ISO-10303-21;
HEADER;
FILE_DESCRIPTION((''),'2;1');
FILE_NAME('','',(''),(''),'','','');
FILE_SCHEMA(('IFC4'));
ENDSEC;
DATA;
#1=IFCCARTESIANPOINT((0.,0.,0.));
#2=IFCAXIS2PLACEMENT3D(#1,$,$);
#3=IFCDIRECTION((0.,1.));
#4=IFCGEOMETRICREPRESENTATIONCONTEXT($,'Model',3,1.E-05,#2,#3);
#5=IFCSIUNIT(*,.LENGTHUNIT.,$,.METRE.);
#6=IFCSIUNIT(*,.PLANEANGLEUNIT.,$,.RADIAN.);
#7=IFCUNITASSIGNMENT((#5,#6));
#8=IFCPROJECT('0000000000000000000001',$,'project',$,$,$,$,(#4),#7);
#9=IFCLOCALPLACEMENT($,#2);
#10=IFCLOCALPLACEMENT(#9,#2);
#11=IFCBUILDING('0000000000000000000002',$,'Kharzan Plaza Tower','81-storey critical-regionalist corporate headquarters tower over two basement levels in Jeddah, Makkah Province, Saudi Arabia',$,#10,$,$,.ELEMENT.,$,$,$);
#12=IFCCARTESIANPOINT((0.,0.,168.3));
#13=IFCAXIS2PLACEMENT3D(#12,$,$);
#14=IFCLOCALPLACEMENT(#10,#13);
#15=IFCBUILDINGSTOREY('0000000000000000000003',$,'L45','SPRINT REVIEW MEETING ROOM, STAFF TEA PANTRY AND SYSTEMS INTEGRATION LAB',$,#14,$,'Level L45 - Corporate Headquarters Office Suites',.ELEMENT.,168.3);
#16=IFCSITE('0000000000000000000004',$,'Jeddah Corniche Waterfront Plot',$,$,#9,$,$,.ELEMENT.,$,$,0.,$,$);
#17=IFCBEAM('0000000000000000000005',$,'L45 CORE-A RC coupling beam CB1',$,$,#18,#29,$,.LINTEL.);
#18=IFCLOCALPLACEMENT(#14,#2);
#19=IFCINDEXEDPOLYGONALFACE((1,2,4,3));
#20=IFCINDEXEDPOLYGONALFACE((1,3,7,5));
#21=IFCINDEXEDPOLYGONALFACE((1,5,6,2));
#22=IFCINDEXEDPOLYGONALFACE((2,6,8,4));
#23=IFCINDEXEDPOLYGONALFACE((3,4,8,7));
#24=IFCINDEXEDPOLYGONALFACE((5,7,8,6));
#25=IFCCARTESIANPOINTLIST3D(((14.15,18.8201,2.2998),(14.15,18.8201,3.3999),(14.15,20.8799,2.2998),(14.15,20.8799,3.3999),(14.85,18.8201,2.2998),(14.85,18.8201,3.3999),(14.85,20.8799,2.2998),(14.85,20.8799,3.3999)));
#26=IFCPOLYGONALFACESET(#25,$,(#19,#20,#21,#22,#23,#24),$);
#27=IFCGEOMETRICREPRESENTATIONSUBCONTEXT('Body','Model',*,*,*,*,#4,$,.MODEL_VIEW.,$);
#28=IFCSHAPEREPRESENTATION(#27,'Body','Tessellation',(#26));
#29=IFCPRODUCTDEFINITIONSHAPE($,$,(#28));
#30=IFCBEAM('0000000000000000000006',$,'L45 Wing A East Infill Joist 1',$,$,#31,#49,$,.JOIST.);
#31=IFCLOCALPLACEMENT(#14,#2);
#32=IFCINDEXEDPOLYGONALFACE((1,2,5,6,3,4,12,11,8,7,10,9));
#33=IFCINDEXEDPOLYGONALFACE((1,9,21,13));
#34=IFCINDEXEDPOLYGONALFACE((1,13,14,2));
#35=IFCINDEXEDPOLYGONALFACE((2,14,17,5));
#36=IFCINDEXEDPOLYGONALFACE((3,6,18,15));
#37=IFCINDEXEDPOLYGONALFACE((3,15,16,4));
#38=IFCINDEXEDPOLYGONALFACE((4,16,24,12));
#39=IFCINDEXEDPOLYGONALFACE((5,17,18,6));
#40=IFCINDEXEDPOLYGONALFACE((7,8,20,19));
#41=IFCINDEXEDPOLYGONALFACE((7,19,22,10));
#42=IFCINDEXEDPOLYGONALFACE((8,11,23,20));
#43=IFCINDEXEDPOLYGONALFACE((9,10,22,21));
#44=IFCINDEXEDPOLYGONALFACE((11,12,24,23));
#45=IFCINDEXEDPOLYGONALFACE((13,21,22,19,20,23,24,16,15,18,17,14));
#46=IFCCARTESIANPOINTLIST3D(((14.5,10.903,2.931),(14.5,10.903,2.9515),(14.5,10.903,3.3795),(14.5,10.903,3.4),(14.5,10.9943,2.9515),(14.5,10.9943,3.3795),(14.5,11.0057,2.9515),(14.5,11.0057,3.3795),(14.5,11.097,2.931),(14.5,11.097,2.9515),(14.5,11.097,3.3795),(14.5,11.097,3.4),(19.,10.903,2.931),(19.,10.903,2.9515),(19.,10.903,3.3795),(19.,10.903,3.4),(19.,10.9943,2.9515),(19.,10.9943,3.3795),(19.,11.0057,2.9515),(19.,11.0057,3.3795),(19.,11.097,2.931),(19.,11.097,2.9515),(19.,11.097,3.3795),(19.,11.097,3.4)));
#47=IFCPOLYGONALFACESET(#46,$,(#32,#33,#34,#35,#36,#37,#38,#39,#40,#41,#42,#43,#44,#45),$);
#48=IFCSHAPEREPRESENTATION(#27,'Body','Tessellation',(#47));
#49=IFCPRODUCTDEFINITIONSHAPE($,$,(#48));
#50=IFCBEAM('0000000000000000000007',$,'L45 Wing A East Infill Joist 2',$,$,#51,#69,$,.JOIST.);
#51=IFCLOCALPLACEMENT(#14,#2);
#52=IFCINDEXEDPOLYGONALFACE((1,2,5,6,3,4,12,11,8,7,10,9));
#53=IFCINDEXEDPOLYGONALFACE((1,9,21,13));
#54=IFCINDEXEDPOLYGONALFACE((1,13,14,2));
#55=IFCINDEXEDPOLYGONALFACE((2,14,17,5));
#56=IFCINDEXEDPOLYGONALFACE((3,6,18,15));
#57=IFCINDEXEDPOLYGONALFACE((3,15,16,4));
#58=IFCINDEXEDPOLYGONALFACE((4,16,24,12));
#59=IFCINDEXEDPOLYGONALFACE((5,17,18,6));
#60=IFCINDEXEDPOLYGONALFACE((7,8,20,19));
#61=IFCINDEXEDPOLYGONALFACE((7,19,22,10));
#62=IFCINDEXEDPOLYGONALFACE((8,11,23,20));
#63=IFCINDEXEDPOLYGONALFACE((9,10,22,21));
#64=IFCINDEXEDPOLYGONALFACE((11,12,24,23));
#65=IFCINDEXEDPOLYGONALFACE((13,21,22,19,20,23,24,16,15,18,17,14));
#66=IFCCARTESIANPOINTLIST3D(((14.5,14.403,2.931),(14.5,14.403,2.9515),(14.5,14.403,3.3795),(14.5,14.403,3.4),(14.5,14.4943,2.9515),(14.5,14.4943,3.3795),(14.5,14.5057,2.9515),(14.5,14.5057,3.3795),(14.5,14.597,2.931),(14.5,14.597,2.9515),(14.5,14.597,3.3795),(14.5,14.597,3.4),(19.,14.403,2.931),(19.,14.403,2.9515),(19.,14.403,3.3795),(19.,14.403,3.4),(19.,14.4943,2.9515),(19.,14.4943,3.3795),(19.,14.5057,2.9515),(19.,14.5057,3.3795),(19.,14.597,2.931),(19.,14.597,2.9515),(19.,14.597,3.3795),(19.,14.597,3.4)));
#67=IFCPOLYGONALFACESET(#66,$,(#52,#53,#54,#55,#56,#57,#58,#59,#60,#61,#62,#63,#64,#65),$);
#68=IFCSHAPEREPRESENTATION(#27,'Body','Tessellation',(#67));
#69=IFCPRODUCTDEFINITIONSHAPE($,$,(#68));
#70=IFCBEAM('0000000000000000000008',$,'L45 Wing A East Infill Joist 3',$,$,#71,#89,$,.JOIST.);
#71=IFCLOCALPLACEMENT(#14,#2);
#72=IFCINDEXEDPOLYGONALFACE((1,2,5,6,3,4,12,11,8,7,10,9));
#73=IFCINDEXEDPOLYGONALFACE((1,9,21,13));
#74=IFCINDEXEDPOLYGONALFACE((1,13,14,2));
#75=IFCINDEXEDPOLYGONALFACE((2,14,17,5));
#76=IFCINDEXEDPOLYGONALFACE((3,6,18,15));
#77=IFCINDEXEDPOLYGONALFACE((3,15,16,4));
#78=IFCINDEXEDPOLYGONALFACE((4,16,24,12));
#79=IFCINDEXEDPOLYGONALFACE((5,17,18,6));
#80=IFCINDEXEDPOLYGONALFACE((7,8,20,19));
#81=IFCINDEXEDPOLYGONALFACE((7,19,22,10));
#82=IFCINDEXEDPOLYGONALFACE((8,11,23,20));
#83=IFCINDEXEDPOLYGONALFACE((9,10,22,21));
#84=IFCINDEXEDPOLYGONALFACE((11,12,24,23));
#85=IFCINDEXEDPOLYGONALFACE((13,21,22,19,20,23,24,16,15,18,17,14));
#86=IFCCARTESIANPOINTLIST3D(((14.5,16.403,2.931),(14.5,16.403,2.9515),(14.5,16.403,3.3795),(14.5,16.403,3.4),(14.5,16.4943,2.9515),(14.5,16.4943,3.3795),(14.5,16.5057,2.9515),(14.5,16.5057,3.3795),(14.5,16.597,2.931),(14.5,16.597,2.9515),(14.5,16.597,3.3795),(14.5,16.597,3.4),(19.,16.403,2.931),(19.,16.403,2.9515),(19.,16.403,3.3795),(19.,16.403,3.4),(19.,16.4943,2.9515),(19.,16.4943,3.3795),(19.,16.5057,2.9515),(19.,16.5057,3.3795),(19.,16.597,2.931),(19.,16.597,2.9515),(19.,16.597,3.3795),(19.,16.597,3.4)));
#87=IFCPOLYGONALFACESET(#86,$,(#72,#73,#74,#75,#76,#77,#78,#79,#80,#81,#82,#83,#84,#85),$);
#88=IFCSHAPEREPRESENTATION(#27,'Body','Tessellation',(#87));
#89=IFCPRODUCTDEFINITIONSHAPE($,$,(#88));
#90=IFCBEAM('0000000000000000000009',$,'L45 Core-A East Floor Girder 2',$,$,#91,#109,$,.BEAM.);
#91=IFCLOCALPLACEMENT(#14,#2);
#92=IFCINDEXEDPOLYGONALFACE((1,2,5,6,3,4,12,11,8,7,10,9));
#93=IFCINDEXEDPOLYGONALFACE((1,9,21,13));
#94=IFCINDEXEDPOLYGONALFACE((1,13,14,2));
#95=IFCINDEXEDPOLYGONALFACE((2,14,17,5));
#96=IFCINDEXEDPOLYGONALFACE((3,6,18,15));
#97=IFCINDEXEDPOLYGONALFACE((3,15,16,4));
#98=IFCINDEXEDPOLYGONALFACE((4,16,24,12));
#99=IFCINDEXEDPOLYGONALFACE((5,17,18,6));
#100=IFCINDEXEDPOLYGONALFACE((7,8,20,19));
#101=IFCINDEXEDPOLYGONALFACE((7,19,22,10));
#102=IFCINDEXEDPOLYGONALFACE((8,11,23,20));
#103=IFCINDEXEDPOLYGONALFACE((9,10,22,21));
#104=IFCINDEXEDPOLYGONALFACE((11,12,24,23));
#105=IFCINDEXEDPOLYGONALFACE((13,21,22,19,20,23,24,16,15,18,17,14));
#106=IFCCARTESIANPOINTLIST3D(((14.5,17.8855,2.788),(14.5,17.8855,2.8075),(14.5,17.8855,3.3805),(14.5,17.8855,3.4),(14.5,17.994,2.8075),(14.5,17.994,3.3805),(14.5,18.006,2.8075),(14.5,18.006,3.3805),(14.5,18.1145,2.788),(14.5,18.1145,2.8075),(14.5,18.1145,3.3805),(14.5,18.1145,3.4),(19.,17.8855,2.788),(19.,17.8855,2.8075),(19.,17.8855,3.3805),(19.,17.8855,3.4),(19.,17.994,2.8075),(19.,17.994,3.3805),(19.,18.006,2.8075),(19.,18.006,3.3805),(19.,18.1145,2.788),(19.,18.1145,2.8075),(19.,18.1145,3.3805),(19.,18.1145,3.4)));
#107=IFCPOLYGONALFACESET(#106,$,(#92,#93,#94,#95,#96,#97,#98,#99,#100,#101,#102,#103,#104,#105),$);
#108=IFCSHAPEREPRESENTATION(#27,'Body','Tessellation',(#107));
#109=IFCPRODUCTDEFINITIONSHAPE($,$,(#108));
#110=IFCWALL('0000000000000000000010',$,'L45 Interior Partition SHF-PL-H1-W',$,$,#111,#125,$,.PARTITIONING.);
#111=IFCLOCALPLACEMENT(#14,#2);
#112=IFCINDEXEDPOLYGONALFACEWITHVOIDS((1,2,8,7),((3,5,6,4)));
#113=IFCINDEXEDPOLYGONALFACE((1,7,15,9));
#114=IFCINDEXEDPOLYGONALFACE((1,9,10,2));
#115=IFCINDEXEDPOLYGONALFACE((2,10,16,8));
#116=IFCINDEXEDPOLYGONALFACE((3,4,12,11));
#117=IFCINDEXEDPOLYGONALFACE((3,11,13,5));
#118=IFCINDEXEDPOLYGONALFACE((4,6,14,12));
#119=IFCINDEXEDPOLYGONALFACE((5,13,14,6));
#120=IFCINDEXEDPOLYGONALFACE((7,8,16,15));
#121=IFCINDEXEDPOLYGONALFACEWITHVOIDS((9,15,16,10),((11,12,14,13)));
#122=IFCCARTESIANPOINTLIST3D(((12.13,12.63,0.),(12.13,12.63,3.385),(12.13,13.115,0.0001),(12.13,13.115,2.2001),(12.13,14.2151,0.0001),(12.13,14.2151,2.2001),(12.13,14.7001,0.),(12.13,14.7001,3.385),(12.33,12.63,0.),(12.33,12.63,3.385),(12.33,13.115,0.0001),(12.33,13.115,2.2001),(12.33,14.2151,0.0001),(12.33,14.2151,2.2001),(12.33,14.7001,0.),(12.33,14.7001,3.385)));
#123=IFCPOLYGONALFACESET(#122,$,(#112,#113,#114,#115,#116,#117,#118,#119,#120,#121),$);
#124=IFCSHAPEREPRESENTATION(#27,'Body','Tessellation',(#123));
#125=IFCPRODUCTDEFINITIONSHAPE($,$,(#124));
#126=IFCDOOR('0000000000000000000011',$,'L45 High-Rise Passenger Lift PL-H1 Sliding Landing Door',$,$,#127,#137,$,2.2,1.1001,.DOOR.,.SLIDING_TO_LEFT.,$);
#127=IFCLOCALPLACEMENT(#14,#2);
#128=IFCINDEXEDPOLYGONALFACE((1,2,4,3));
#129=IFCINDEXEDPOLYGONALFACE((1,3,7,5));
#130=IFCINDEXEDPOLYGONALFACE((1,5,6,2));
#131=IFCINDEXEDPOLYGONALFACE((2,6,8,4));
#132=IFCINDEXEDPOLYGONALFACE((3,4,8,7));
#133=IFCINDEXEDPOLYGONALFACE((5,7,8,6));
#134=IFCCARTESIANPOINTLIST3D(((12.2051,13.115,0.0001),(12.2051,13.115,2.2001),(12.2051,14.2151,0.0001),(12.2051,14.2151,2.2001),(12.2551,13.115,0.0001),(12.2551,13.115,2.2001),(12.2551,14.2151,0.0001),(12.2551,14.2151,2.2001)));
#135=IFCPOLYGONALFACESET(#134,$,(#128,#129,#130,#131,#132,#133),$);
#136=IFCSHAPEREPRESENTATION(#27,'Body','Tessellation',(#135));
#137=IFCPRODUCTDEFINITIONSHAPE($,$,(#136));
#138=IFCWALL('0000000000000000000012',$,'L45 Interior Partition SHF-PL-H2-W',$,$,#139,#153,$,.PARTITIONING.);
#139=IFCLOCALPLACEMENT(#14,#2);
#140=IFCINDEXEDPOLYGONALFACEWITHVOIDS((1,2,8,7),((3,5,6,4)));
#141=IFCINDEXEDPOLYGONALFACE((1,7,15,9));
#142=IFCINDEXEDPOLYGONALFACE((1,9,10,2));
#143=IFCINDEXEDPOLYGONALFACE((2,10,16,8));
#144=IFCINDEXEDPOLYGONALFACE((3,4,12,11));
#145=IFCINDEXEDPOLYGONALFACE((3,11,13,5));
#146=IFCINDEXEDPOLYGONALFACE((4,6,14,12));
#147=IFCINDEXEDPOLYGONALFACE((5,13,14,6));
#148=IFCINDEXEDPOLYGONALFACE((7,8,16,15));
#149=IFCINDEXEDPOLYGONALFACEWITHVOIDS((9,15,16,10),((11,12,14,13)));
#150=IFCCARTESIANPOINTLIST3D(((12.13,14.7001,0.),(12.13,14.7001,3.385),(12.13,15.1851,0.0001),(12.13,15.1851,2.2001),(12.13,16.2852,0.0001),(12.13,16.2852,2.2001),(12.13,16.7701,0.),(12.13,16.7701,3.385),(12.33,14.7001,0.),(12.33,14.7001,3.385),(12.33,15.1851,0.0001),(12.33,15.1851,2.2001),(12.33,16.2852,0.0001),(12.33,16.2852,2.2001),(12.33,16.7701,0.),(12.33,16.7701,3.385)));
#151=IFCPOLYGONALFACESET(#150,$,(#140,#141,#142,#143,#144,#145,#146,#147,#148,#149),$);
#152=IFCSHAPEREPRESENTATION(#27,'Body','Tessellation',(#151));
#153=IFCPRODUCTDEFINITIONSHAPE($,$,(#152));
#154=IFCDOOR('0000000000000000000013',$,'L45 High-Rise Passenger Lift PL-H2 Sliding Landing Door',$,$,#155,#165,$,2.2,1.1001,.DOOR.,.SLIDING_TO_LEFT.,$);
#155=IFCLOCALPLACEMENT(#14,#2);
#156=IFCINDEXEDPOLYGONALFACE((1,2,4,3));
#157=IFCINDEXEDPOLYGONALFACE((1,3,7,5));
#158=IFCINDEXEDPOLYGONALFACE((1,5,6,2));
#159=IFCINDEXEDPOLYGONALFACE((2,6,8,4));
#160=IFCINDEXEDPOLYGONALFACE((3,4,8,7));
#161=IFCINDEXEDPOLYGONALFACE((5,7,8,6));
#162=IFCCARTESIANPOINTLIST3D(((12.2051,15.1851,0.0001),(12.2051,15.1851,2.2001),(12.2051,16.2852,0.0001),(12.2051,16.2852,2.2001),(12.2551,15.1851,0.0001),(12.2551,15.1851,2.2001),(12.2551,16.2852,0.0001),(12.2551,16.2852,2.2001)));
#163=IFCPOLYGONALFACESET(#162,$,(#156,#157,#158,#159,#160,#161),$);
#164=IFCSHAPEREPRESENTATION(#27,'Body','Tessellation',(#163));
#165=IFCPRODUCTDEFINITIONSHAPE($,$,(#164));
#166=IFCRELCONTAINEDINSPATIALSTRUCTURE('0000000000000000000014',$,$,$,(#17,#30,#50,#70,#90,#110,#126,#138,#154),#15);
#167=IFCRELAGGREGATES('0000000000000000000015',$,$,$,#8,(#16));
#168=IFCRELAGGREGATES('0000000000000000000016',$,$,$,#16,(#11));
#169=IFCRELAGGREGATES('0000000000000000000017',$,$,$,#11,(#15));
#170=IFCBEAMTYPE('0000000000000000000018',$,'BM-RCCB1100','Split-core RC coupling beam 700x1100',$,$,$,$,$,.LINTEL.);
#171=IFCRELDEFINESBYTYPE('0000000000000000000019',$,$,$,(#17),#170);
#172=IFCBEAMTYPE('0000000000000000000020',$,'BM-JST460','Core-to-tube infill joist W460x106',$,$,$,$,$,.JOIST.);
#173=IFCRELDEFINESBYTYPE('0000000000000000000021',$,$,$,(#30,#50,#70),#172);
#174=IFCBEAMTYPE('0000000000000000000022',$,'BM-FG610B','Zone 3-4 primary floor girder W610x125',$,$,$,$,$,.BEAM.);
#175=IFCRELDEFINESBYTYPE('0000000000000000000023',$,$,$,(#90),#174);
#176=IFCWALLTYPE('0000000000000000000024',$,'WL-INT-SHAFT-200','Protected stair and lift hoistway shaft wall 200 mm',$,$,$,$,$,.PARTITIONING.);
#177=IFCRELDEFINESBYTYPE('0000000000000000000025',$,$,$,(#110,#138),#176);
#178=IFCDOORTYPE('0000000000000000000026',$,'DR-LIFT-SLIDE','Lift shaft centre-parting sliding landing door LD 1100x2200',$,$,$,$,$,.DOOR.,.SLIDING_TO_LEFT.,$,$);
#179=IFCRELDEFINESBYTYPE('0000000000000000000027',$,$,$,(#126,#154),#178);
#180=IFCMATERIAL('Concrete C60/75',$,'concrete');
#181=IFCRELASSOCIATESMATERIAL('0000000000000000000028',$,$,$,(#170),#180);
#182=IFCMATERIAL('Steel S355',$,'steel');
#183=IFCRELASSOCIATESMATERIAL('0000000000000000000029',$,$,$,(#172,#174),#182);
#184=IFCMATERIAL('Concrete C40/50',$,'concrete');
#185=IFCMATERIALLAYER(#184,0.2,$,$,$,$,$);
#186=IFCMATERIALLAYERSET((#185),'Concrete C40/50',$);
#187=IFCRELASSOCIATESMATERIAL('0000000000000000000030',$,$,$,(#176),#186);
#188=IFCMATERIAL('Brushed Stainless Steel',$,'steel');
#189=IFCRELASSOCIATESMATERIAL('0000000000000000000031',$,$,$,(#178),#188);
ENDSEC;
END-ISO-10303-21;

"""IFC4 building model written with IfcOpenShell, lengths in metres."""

from ifc_helpers import new_model, si_unit, direction, frame, frame_2d, origin, origin_2d, place, context, subcontext, project, spatial, rectangle, i_section, extrude, source, transform, mapped, material, layer, layer_set, material_profile, profile_set, type_object, element, fill, save


model = new_model("IFC4")

# Units and contexts
model_context = context("Model", 3, precision=1e-05, world=origin(), true_north=direction((0.0, 1.0)))
body_context = subcontext(model_context, "Body", "Model", "MODEL_VIEW")
ifc_project = project(units=[si_unit("LENGTHUNIT", "METRE"), si_unit("PLANEANGLEUNIT", "RADIAN")], contexts=[model_context])

# Site, building, storey
site_placement = place(None, origin())
site = spatial("IfcSite", under=ifc_project, at=site_placement, Name="Jeddah Corniche Waterfront Plot", CompositionType="ELEMENT", RefElevation=0.0)
building_placement = place(site_placement, origin())
building = spatial("IfcBuilding", under=site, at=building_placement, Name="Kharzan Plaza Tower", Description="81-storey critical-regionalist corporate headquarters tower over two basement levels in Jeddah, Makkah Province, Saudi Arabia", CompositionType="ELEMENT")
storey_placement = place(building_placement, frame((0.0, 0.0, 168.3)))
storey = spatial("IfcBuildingStorey", under=building, at=storey_placement, Name="L45", Description="SPRINT REVIEW MEETING ROOM, STAFF TEA PANTRY AND SYSTEMS INTEGRATION LAB", LongName="Level L45 - Corporate Headquarters Office Suites", CompositionType="ELEMENT", Elevation=168.3)

# Beams
ifc_material_1 = material(Name="Concrete C60/75", Category="concrete")
ifc_material_profile_1 = material_profile(ifc_material_1, rectangle(XDim=0.7, YDim=1.1001, at=origin_2d()), Name="RC-CB1100x700")
ifc_profile_set_1 = profile_set([ifc_material_profile_1], Name="Concrete C60/75")
beam_type_1 = type_object("IfcBeamType", Name="BM-RCCB1100", Description="Split-core RC coupling beam 700x1100", PredefinedType="LINTEL", material=ifc_profile_set_1)
shared_shape_1 = source(origin(), body_context, "Body", "SweptSolid", [
    extrude(rectangle(XDim=0.7, YDim=1.1001, at=origin_2d()), origin(), (0.0, 0.0, 1.0), 2.0598),
])
beam_1_placement = place(storey_placement, frame((14.5, 18.8201, 2.8499), z_axis=(0.0, 1.0, 0.0), x_axis=(-1.0, 0.0, 0.0)))
element("IfcBeam", 1, at=beam_1_placement, inside=storey, type_object=beam_type_1, Name="L45 CORE-A RC coupling beam CB1", PredefinedType="LINTEL", context=body_context, shape_type="MappedRepresentation", body=[
    mapped(shared_shape_1, transform((0.0, 0.0, 0.0), x_axis=(1.0, 0.0, 0.0), y_axis=(0.0, 1.0, 0.0), z_axis=(0.0, 0.0, 1.0))),
])
ifc_material_2 = material(Name="Steel S355", Category="steel")
ifc_material_profile_2 = material_profile(ifc_material_2, i_section(OverallWidth=0.1941, OverallDepth=0.469, WebThickness=0.0115, FlangeThickness=0.0205, at=origin_2d()), Name="W460x106")
ifc_profile_set_2 = profile_set([ifc_material_profile_2], Name="Steel S355")
beam_type_2 = type_object("IfcBeamType", Name="BM-JST460", Description="Core-to-tube infill joist W460x106", PredefinedType="JOIST", material=ifc_profile_set_2)
shared_shape_2 = source(origin(), body_context, "Body", "SweptSolid", [
    extrude(i_section(OverallWidth=0.1941, OverallDepth=0.469, WebThickness=0.0115, FlangeThickness=0.0205, at=origin_2d()), origin(), (0.0, 0.0, 1.0), 4.5),
])
for number, where, z_axis, x_axis, name in (
    (2, (14.5, 11.0, 3.1655), (1.0, 0.0, 0.0), (0.0, 1.0, 0.0), "L45 Wing A East Infill Joist 1"),
    (3, (14.5, 14.5, 3.1655), (1.0, 0.0, 0.0), (0.0, 1.0, 0.0), "L45 Wing A East Infill Joist 2"),
    (4, (14.5, 16.5, 3.1655), (1.0, 0.0, 0.0), (0.0, 1.0, 0.0), "L45 Wing A East Infill Joist 3"),
):
    element("IfcBeam", number, at=place(storey_placement, frame(where, z_axis=z_axis, x_axis=x_axis)), inside=storey, type_object=beam_type_2, Name=name, PredefinedType="JOIST", context=body_context, shape_type="MappedRepresentation", body=[
        mapped(shared_shape_2, transform((0.0, 0.0, 0.0), x_axis=(1.0, 0.0, 0.0), y_axis=(0.0, 1.0, 0.0), z_axis=(0.0, 0.0, 1.0))),
    ])
ifc_material_profile_3 = material_profile(ifc_material_2, i_section(OverallWidth=0.229, OverallDepth=0.6121, WebThickness=0.012, FlangeThickness=0.0195, at=origin_2d()), Name="W610x125")
ifc_profile_set_3 = profile_set([ifc_material_profile_3], Name="Steel S355")
beam_type_3 = type_object("IfcBeamType", Name="BM-FG610B", Description="Zone 3-4 primary floor girder W610x125", PredefinedType="BEAM", material=ifc_profile_set_3)
shared_shape_3 = source(origin(), body_context, "Body", "SweptSolid", [
    extrude(i_section(OverallWidth=0.229, OverallDepth=0.6121, WebThickness=0.012, FlangeThickness=0.0195, at=origin_2d()), origin(), (0.0, 0.0, 1.0), 4.5),
])
beam_2_placement = place(storey_placement, frame((14.5, 18.0, 3.094), z_axis=(1.0, 0.0, 0.0), x_axis=(0.0, 1.0, 0.0)))
element("IfcBeam", 5, at=beam_2_placement, inside=storey, type_object=beam_type_3, Name="L45 Core-A East Floor Girder 2", PredefinedType="BEAM", context=body_context, shape_type="MappedRepresentation", body=[
    mapped(shared_shape_3, transform((0.0, 0.0, 0.0), x_axis=(1.0, 0.0, 0.0), y_axis=(0.0, 1.0, 0.0), z_axis=(0.0, 0.0, 1.0))),
])

# Walls, openings, doors
ifc_material_3 = material(Name="Concrete C40/50", Category="concrete")
ifc_layer_1 = layer(ifc_material_3, 0.2)
ifc_layer_set_1 = layer_set([ifc_layer_1], Name="Concrete C40/50")
wall_type_1 = type_object("IfcWallType", Name="WL-INT-SHAFT-200", Description="Protected stair and lift hoistway shaft wall 200 mm", PredefinedType="PARTITIONING", material=ifc_layer_set_1)
wall_1_placement = place(storey_placement, frame((12.23, 12.6299, 0.0), z_axis=(0.0, 0.0, 1.0), x_axis=(0.0, 1.0, 0.0)))
wall_1 = element("IfcWall", 6, at=wall_1_placement, inside=storey, type_object=wall_type_1, Name="L45 Interior Partition SHF-PL-H1-W", PredefinedType="PARTITIONING", context=body_context, shape_type="SweptSolid", body=[
    extrude(rectangle(XDim=2.0701, YDim=0.2, at=frame_2d((1.0352, 0.0))), origin(), (0.0, 0.0, 1.0), 3.385),
])
opening_1_placement = place(wall_1_placement, frame((0.4851, 0.0, 0.0)))
opening_1 = element("IfcOpeningElement", 7, at=opening_1_placement, cuts=wall_1, PredefinedType="OPENING", context=body_context, shape_type="SweptSolid", body=[
    extrude(rectangle(XDim=1.1001, YDim=2.2, at=frame_2d((0.55, 1.1001))), frame((0.0, 0.1099, 0.0), z_axis=(0.0, -1.0, 0.0), x_axis=(1.0, 0.0, 0.0)), (0.0, 0.0, 1.0), 0.22),
])
ifc_material_4 = material(Name="Brushed Stainless Steel", Category="steel")
door_type = type_object("IfcDoorType", Name="DR-LIFT-SLIDE", Description="Lift shaft centre-parting sliding landing door LD 1100x2200", OperationType="SLIDING_TO_LEFT", PredefinedType="DOOR", material=ifc_material_4)
shared_shape_4 = source(origin(), body_context, "Body", "SweptSolid", [
    extrude(rectangle(XDim=1.1001, YDim=2.2, at=frame_2d((0.55, 1.1001))), frame((0.0, 0.0249, 0.0), z_axis=(0.0, -1.0, 0.0), x_axis=(1.0, 0.0, 0.0)), (0.0, 0.0, 1.0), 0.05),
])
door_1_placement = place(opening_1_placement, origin())
door_1 = element("IfcDoor", 8, at=door_1_placement, inside=storey, type_object=door_type, Name="L45 High-Rise Passenger Lift PL-H1 Sliding Landing Door", OperationType="SLIDING_TO_LEFT", OverallHeight=2.2, OverallWidth=1.1001, PredefinedType="DOOR", context=body_context, shape_type="MappedRepresentation", body=[
    mapped(shared_shape_4, transform((0.0, 0.0, 0.0), x_axis=(1.0, 0.0, 0.0), y_axis=(0.0, 1.0, 0.0), z_axis=(0.0, 0.0, 1.0))),
])
fill(opening_1, door_1)
wall_2_placement = place(storey_placement, frame((12.23, 14.7, 0.0), z_axis=(0.0, 0.0, 1.0), x_axis=(0.0, 1.0, 0.0)))
wall_2 = element("IfcWall", 9, at=wall_2_placement, inside=storey, type_object=wall_type_1, Name="L45 Interior Partition SHF-PL-H2-W", PredefinedType="PARTITIONING", context=body_context, shape_type="SweptSolid", body=[
    extrude(rectangle(XDim=2.0701, YDim=0.2, at=frame_2d((1.0352, 0.0))), origin(), (0.0, 0.0, 1.0), 3.385),
])
opening_2_placement = place(wall_2_placement, frame((0.4851, 0.0, 0.0)))
opening_2 = element("IfcOpeningElement", 10, at=opening_2_placement, cuts=wall_2, PredefinedType="OPENING", context=body_context, shape_type="SweptSolid", body=[
    extrude(rectangle(XDim=1.1001, YDim=2.2, at=frame_2d((0.55, 1.1001))), frame((0.0, 0.1099, 0.0), z_axis=(0.0, -1.0, 0.0), x_axis=(1.0, 0.0, 0.0)), (0.0, 0.0, 1.0), 0.22),
])
door_2_placement = place(opening_2_placement, origin())
door_2 = element("IfcDoor", 11, at=door_2_placement, inside=storey, type_object=door_type, Name="L45 High-Rise Passenger Lift PL-H2 Sliding Landing Door", OperationType="SLIDING_TO_LEFT", OverallHeight=2.2, OverallWidth=1.1001, PredefinedType="DOOR", context=body_context, shape_type="MappedRepresentation", body=[
    mapped(shared_shape_4, transform((0.0, 0.0, 0.0), x_axis=(1.0, 0.0, 0.0), y_axis=(0.0, 1.0, 0.0), z_axis=(0.0, 0.0, 1.0))),
])
fill(opening_2, door_2)

save(model, "model.ifc")
